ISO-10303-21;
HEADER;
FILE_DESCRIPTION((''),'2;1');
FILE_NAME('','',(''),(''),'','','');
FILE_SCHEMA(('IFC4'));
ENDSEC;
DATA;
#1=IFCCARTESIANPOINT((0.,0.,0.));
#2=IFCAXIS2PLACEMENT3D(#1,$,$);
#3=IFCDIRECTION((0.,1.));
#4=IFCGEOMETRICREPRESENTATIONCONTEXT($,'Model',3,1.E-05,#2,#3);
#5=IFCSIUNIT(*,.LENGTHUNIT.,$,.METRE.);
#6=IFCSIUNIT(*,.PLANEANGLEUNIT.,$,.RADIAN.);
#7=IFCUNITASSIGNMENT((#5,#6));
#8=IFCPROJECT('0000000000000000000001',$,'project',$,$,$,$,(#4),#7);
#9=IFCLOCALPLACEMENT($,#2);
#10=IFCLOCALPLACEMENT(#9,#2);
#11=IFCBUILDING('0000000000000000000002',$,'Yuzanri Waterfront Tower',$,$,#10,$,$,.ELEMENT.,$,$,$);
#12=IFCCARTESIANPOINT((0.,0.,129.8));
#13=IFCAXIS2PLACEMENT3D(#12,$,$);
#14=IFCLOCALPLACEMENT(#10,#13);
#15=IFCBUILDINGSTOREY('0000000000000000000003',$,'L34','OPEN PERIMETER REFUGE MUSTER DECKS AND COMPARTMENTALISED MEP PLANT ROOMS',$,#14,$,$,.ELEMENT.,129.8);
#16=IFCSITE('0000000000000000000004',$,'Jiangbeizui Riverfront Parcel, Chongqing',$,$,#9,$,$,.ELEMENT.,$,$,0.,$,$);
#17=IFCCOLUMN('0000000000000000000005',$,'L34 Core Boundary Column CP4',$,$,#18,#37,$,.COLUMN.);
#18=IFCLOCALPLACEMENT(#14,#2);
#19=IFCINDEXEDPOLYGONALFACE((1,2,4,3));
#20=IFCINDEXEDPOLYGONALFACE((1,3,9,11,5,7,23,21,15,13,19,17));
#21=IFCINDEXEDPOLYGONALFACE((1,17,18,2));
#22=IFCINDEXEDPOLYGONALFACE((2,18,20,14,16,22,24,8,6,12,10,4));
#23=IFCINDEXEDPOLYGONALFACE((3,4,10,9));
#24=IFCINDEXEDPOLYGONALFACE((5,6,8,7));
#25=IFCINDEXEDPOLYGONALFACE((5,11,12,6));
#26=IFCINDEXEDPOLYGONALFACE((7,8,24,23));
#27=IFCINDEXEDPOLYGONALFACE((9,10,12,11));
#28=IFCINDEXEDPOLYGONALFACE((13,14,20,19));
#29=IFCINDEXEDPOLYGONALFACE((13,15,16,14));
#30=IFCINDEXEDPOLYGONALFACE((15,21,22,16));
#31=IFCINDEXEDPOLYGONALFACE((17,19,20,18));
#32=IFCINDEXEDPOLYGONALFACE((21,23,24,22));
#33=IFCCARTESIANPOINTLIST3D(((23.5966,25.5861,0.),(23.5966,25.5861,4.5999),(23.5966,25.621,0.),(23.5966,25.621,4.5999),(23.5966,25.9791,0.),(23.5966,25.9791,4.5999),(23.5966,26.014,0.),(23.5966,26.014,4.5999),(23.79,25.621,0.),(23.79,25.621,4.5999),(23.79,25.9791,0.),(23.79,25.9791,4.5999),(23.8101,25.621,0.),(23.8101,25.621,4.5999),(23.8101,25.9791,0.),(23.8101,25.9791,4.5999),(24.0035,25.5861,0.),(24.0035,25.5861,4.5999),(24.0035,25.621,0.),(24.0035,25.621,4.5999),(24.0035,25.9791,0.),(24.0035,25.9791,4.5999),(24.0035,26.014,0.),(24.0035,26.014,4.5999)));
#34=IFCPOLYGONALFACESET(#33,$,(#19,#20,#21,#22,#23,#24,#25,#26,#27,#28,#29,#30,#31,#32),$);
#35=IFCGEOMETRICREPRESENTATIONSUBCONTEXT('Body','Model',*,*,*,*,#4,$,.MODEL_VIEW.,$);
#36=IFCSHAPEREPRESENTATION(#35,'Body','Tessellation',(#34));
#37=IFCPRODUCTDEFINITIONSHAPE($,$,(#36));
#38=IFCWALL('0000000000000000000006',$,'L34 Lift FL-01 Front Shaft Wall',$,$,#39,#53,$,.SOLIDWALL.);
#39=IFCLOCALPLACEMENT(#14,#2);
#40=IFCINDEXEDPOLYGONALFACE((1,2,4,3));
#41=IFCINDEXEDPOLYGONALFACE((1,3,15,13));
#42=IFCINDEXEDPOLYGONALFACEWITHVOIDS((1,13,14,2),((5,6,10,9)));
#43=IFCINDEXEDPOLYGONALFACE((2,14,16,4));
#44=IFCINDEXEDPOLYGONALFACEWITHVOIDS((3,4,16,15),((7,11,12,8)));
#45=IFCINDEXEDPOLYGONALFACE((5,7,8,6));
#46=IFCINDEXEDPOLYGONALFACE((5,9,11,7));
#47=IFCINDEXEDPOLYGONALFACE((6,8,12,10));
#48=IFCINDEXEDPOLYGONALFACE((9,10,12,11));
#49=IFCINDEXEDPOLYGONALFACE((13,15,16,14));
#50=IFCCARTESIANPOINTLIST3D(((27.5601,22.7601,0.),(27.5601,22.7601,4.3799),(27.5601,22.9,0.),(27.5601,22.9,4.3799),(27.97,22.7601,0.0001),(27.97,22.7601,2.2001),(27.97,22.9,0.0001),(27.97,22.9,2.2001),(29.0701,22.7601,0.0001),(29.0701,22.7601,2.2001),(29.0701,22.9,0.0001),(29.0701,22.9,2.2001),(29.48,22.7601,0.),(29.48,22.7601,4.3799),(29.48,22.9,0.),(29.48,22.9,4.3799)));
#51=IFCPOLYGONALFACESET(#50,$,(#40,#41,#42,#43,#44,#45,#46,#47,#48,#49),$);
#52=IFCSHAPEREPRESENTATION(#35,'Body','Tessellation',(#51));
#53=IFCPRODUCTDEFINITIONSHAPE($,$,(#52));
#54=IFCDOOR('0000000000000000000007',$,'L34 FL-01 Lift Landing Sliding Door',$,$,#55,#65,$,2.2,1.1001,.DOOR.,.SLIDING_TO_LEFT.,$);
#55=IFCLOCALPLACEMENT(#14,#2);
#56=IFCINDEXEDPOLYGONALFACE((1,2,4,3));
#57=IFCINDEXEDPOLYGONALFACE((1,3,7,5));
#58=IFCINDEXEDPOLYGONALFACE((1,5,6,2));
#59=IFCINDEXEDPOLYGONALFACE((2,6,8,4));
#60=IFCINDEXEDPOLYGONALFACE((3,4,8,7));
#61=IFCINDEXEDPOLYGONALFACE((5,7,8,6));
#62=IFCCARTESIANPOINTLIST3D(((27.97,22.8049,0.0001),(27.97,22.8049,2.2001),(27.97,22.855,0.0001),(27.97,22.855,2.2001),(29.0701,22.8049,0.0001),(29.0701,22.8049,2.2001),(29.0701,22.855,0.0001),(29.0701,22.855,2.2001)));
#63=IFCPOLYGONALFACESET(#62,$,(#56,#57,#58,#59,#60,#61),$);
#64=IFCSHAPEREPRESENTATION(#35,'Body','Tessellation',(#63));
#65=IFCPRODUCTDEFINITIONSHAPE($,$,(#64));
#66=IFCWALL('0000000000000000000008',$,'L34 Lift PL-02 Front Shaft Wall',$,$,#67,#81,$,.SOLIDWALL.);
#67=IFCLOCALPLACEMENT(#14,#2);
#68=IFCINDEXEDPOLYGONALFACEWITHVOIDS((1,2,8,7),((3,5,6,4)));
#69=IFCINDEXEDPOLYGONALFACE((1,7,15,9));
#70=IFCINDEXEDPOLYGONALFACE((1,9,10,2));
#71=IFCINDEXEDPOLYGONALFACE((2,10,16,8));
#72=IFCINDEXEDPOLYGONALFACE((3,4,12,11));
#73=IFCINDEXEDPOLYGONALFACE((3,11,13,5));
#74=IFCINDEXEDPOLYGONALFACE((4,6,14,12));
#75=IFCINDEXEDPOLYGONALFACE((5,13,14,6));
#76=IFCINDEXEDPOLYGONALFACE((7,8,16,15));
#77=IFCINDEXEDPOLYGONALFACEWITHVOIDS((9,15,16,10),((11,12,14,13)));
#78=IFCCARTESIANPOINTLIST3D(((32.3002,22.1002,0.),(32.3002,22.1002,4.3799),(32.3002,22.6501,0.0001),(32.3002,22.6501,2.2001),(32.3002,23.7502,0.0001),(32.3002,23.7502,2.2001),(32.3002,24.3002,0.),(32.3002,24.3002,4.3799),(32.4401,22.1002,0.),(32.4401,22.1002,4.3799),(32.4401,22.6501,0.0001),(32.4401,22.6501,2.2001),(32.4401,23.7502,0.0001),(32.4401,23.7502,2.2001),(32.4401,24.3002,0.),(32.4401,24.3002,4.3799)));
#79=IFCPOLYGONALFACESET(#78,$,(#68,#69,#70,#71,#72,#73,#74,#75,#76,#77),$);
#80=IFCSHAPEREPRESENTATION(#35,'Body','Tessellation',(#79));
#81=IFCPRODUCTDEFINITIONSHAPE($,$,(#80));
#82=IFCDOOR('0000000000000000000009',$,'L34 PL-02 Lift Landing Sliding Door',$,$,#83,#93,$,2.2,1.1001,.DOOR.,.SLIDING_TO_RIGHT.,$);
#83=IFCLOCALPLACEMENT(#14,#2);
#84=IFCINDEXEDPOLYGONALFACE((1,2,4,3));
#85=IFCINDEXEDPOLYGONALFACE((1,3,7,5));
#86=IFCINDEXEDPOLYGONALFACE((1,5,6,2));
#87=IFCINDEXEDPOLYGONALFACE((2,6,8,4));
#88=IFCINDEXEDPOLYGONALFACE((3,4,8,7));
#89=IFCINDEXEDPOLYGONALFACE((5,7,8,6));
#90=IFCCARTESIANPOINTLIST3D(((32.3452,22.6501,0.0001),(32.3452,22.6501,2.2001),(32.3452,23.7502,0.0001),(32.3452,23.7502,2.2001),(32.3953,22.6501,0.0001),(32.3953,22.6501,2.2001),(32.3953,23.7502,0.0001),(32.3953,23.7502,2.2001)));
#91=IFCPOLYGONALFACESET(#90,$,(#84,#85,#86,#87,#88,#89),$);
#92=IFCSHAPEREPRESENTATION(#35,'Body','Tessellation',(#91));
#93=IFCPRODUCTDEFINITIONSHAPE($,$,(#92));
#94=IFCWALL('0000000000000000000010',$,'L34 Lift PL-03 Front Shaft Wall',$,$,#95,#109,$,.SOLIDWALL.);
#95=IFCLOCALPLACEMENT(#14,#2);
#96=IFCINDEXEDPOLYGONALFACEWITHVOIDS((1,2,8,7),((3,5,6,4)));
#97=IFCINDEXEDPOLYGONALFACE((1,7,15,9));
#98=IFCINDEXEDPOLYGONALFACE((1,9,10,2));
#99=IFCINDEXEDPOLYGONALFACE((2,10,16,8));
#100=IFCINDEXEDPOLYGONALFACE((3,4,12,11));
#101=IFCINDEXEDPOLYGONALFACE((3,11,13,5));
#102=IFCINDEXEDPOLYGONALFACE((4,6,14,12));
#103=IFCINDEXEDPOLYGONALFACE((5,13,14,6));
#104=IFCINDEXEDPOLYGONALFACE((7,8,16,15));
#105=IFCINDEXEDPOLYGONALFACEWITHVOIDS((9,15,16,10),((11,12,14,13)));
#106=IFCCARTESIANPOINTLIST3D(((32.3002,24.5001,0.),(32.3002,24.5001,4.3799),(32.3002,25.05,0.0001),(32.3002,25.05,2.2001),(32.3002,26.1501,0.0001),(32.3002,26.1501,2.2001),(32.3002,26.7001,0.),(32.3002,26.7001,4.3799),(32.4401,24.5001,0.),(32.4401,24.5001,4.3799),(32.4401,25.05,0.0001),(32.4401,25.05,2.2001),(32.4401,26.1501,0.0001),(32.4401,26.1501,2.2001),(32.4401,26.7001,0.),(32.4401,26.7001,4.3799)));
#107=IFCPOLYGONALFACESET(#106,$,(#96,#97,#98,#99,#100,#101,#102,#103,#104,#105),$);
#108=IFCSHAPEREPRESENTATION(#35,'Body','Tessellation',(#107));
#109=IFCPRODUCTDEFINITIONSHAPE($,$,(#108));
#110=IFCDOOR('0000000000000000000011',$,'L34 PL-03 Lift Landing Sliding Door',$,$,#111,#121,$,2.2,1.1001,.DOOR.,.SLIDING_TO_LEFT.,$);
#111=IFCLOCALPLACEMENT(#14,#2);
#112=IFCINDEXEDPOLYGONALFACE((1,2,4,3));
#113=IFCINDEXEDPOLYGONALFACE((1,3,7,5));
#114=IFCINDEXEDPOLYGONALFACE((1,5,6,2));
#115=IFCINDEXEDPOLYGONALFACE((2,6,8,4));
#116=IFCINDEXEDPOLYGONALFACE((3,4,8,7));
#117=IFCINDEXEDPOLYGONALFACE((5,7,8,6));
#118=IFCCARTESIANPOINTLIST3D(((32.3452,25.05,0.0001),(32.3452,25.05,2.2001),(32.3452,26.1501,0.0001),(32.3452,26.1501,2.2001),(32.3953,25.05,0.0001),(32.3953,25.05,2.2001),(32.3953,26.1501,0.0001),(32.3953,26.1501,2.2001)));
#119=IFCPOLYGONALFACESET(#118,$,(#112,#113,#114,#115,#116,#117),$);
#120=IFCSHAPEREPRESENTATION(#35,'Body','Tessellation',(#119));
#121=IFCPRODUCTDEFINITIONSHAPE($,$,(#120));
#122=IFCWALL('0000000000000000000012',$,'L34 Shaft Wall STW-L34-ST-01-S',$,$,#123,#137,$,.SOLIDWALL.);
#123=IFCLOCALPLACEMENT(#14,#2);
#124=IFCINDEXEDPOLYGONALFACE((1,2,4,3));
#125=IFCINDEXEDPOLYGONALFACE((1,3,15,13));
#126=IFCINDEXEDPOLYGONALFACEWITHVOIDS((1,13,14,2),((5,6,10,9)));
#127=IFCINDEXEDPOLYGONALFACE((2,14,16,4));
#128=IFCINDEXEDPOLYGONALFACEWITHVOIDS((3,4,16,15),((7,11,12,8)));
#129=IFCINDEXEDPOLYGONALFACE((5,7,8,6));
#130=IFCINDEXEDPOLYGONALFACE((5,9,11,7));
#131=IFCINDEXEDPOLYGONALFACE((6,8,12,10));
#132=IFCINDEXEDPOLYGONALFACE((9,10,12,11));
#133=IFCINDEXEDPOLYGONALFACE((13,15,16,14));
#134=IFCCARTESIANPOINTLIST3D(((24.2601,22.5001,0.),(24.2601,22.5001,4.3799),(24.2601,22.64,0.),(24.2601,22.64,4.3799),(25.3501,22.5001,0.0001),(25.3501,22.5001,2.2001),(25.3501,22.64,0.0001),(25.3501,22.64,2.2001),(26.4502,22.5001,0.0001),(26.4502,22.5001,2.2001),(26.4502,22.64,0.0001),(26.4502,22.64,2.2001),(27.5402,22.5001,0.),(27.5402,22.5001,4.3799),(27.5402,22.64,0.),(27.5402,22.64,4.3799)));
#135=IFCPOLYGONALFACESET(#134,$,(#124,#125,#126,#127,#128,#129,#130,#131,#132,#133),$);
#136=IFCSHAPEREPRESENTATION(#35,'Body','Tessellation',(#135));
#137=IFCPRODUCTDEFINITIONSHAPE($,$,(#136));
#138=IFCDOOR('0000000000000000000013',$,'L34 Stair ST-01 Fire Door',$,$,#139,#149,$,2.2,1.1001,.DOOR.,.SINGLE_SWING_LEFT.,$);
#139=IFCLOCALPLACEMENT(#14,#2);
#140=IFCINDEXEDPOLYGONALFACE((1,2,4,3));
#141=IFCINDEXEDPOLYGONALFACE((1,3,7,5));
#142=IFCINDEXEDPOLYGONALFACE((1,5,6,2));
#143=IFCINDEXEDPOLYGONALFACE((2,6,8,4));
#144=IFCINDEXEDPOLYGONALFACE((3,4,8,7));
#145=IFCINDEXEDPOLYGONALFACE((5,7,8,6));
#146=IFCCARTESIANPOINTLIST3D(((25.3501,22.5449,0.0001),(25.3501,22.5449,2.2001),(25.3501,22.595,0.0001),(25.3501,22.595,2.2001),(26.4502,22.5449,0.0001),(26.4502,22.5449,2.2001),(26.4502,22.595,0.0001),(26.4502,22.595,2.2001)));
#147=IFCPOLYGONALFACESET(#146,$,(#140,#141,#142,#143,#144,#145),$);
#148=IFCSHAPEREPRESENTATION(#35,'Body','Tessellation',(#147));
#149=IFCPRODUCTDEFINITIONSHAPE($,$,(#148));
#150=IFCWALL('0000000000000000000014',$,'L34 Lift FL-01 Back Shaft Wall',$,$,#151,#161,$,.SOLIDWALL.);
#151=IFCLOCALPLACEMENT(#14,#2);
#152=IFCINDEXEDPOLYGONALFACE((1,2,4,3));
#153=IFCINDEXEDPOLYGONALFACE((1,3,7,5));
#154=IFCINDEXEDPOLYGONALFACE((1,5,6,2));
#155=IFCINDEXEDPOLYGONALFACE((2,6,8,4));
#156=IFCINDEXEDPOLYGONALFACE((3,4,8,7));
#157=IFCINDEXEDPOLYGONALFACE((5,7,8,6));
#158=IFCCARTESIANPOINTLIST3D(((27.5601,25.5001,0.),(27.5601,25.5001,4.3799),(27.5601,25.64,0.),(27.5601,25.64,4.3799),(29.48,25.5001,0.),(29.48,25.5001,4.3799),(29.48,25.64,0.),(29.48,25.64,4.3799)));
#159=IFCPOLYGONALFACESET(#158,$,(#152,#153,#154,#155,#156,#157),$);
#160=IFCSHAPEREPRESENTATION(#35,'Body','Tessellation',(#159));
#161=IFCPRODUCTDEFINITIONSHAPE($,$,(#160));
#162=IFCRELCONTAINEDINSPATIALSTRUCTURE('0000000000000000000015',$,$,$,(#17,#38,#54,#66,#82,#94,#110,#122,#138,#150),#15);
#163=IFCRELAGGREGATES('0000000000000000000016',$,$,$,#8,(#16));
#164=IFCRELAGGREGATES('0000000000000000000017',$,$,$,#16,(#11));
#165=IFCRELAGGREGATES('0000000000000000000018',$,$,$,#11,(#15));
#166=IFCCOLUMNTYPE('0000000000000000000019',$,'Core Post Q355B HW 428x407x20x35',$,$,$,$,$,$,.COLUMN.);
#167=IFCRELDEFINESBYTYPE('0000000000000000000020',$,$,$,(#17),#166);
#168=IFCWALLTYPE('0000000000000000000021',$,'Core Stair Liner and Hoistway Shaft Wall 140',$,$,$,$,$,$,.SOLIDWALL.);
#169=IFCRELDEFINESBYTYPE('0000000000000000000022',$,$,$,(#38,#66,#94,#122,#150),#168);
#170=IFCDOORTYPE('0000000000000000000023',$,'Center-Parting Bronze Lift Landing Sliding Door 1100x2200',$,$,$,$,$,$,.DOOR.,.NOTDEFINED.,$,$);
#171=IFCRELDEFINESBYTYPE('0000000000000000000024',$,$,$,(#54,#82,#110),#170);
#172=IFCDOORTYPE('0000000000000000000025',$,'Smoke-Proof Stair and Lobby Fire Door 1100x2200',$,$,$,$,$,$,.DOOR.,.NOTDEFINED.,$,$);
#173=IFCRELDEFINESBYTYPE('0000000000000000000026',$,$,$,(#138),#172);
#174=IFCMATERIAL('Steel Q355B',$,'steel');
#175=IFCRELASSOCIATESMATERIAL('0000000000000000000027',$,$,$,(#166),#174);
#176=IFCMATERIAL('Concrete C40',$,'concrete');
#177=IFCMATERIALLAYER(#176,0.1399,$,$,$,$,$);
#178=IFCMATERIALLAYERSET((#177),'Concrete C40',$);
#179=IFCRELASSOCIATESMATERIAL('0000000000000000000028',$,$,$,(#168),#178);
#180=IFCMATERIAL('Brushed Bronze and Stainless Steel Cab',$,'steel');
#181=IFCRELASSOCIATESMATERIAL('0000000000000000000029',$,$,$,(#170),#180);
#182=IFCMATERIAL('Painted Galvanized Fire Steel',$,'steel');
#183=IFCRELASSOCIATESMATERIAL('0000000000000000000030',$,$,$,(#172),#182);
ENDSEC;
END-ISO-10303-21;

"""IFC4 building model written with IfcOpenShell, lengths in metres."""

from ifc_helpers import new_model, si_unit, direction, frame, frame_2d, origin, origin_2d, place, context, subcontext, project, spatial, rectangle, i_section, extrude, source, transform, mapped, material, layer, layer_set, material_profile, profile_set, type_object, element, fill, save


model = new_model("IFC4")

# Units and contexts
model_context = context("Model", 3, precision=1e-05, world=origin(), true_north=direction((0.0, 1.0)))
body_context = subcontext(model_context, "Body", "Model", "MODEL_VIEW")
ifc_project = project(units=[si_unit("LENGTHUNIT", "METRE"), si_unit("PLANEANGLEUNIT", "RADIAN")], contexts=[model_context])

# Site, building, storey
site_placement = place(None, origin())
site = spatial("IfcSite", under=ifc_project, at=site_placement, Name="Jiangbeizui Riverfront Parcel, Chongqing", CompositionType="ELEMENT", RefElevation=0.0)
building_placement = place(site_placement, origin())
building = spatial("IfcBuilding", under=site, at=building_placement, Name="Yuzanri Waterfront Tower", CompositionType="ELEMENT")
storey_placement = place(building_placement, frame((0.0, 0.0, 129.8)))
storey = spatial("IfcBuildingStorey", under=building, at=storey_placement, Name="L34", Description="OPEN PERIMETER REFUGE MUSTER DECKS AND COMPARTMENTALISED MEP PLANT ROOMS", CompositionType="ELEMENT", Elevation=129.8)

# Column
ifc_material_1 = material(Name="Steel Q355B", Category="steel")
ifc_material_profile = material_profile(ifc_material_1, i_section(OverallWidth=0.407, OverallDepth=0.428, WebThickness=0.02, FlangeThickness=0.0349, at=origin_2d()), Name="HW 428x407x20x35")
ifc_profile_set = profile_set([ifc_material_profile], Name="Steel Q355B")
column_type = type_object("IfcColumnType", Name="Core Post Q355B HW 428x407x20x35", PredefinedType="COLUMN", material=ifc_profile_set)
shared_shape_1 = source(origin(), body_context, "Body", "SweptSolid", [
    extrude(i_section(OverallWidth=0.407, OverallDepth=0.428, WebThickness=0.02, FlangeThickness=0.0349, at=origin_2d()), origin(), (0.0, 0.0, 1.0), 4.5999),
])
column_placement = place(storey_placement, frame((23.8, 25.8, 0.0), z_axis=(0.0, 0.0, 1.0), x_axis=(1.0, 0.0, 0.0)))
element("IfcColumn", 1, at=column_placement, inside=storey, type_object=column_type, Name="L34 Core Boundary Column CP4", PredefinedType="COLUMN", context=body_context, shape_type="MappedRepresentation", body=[
    mapped(shared_shape_1, transform((0.0, 0.0, 0.0), scale=1.0)),
])

# Walls, openings, doors
ifc_material_2 = material(Name="Concrete C40", Category="concrete")
ifc_layer_1 = layer(ifc_material_2, 0.1399)
ifc_layer_set_1 = layer_set([ifc_layer_1], Name="Concrete C40")
wall_type = type_object("IfcWallType", Name="Core Stair Liner and Hoistway Shaft Wall 140", PredefinedType="SOLIDWALL", material=ifc_layer_set_1)
wall_1_placement = place(storey_placement, frame((27.5601, 22.8301, 0.0), z_axis=(0.0, 0.0, 1.0), x_axis=(1.0, 0.0, 0.0)))
wall_1 = element("IfcWall", 2, at=wall_1_placement, inside=storey, type_object=wall_type, Name="L34 Lift FL-01 Front Shaft Wall", PredefinedType="SOLIDWALL", context=body_context, shape_type="SweptSolid", body=[
    extrude(rectangle(XDim=1.9199, YDim=0.1399, at=frame_2d((0.96, 0.0))), origin(), (0.0, 0.0, 1.0), 4.3799),
])
opening_1_placement = place(wall_1_placement, frame((0.4099, 0.0, 0.0)))
opening_1 = element("IfcOpeningElement", 3, at=opening_1_placement, cuts=wall_1, PredefinedType="OPENING", context=body_context, shape_type="SweptSolid", body=[
    extrude(rectangle(XDim=1.1001, YDim=2.2, at=frame_2d((0.55, 1.1001))), frame((0.0, 0.085, 0.0), z_axis=(0.0, -1.0, 0.0), x_axis=(1.0, 0.0, 0.0)), (0.0, 0.0, 1.0), 0.1697),
])
ifc_material_3 = material(Name="Brushed Bronze and Stainless Steel Cab", Category="steel")
door_type_1 = type_object("IfcDoorType", Name="Center-Parting Bronze Lift Landing Sliding Door 1100x2200", OperationType="NOTDEFINED", PredefinedType="DOOR", material=ifc_material_3)
shared_shape_2 = source(origin(), body_context, "Body", "SweptSolid", [
    extrude(rectangle(XDim=1.1001, YDim=2.2, at=frame_2d((0.55, 1.1001))), frame((0.0, 0.0249, 0.0), z_axis=(0.0, -1.0, 0.0), x_axis=(1.0, 0.0, 0.0)), (0.0, 0.0, 1.0), 0.05),
])
door_1_placement = place(opening_1_placement, origin())
door_1 = element("IfcDoor", 4, at=door_1_placement, inside=storey, type_object=door_type_1, Name="L34 FL-01 Lift Landing Sliding Door", OperationType="SLIDING_TO_LEFT", OverallHeight=2.2, OverallWidth=1.1001, PredefinedType="DOOR", context=body_context, shape_type="MappedRepresentation", body=[
    mapped(shared_shape_2, transform((0.0, 0.0, 0.0), scale=1.0)),
])
fill(opening_1, door_1)
wall_2_placement = place(storey_placement, frame((32.3701, 22.1001, 0.0), z_axis=(0.0, 0.0, 1.0), x_axis=(0.0, 1.0, 0.0)))
wall_2 = element("IfcWall", 5, at=wall_2_placement, inside=storey, type_object=wall_type, Name="L34 Lift PL-02 Front Shaft Wall", PredefinedType="SOLIDWALL", context=body_context, shape_type="SweptSolid", body=[
    extrude(rectangle(XDim=2.2, YDim=0.1399, at=frame_2d((1.1001, 0.0))), origin(), (0.0, 0.0, 1.0), 4.3799),
])
opening_2_placement = place(wall_2_placement, frame((0.55, 0.0, 0.0)))
opening_2 = element("IfcOpeningElement", 6, at=opening_2_placement, cuts=wall_2, PredefinedType="OPENING", context=body_context, shape_type="SweptSolid", body=[
    extrude(rectangle(XDim=1.1001, YDim=2.2, at=frame_2d((0.55, 1.1001))), frame((0.0, 0.085, 0.0), z_axis=(0.0, -1.0, 0.0), x_axis=(1.0, 0.0, 0.0)), (0.0, 0.0, 1.0), 0.1697),
])
door_2_placement = place(opening_2_placement, origin())
door_2 = element("IfcDoor", 7, at=door_2_placement, inside=storey, type_object=door_type_1, Name="L34 PL-02 Lift Landing Sliding Door", OperationType="SLIDING_TO_RIGHT", OverallHeight=2.2, OverallWidth=1.1001, PredefinedType="DOOR", context=body_context, shape_type="MappedRepresentation", body=[
    mapped(shared_shape_2, transform((0.0, 0.0, 0.0), scale=1.0)),
])
fill(opening_2, door_2)
wall_3_placement = place(storey_placement, frame((32.3701, 24.5, 0.0), z_axis=(0.0, 0.0, 1.0), x_axis=(0.0, 1.0, 0.0)))
wall_3 = element("IfcWall", 8, at=wall_3_placement, inside=storey, type_object=wall_type, Name="L34 Lift PL-03 Front Shaft Wall", PredefinedType="SOLIDWALL", context=body_context, shape_type="SweptSolid", body=[
    extrude(rectangle(XDim=2.2, YDim=0.1399, at=frame_2d((1.1001, 0.0))), origin(), (0.0, 0.0, 1.0), 4.3799),
])
opening_3_placement = place(wall_3_placement, frame((0.55, 0.0, 0.0)))
opening_3 = element("IfcOpeningElement", 9, at=opening_3_placement, cuts=wall_3, PredefinedType="OPENING", context=body_context, shape_type="SweptSolid", body=[
    extrude(rectangle(XDim=1.1001, YDim=2.2, at=frame_2d((0.55, 1.1001))), frame((0.0, 0.085, 0.0), z_axis=(0.0, -1.0, 0.0), x_axis=(1.0, 0.0, 0.0)), (0.0, 0.0, 1.0), 0.1697),
])
door_3_placement = place(opening_3_placement, origin())
door_3 = element("IfcDoor", 10, at=door_3_placement, inside=storey, type_object=door_type_1, Name="L34 PL-03 Lift Landing Sliding Door", OperationType="SLIDING_TO_LEFT", OverallHeight=2.2, OverallWidth=1.1001, PredefinedType="DOOR", context=body_context, shape_type="MappedRepresentation", body=[
    mapped(shared_shape_2, transform((0.0, 0.0, 0.0), scale=1.0)),
])
fill(opening_3, door_3)
wall_4_placement = place(storey_placement, frame((24.26, 22.5701, 0.0), z_axis=(0.0, 0.0, 1.0), x_axis=(1.0, 0.0, 0.0)))
wall_4 = element("IfcWall", 11, at=wall_4_placement, inside=storey, type_object=wall_type, Name="L34 Shaft Wall STW-L34-ST-01-S", PredefinedType="SOLIDWALL", context=body_context, shape_type="SweptSolid", body=[
    extrude(rectangle(XDim=3.28, YDim=0.1399, at=frame_2d((1.6401, 0.0))), origin(), (0.0, 0.0, 1.0), 4.3799),
])
opening_4_placement = place(wall_4_placement, frame((1.0901, 0.0, 0.0)))
opening_4 = element("IfcOpeningElement", 12, at=opening_4_placement, cuts=wall_4, PredefinedType="OPENING", context=body_context, shape_type="SweptSolid", body=[
    extrude(rectangle(XDim=1.1001, YDim=2.2, at=frame_2d((0.55, 1.1001))), frame((0.0, 0.085, 0.0), z_axis=(0.0, -1.0, 0.0), x_axis=(1.0, 0.0, 0.0)), (0.0, 0.0, 1.0), 0.1697),
])
ifc_material_4 = material(Name="Painted Galvanized Fire Steel", Category="steel")
door_type_2 = type_object("IfcDoorType", Name="Smoke-Proof Stair and Lobby Fire Door 1100x2200", OperationType="NOTDEFINED", PredefinedType="DOOR", material=ifc_material_4)
shared_shape_3 = source(origin(), body_context, "Body", "SweptSolid", [
    extrude(rectangle(XDim=1.1001, YDim=2.2, at=frame_2d((0.55, 1.1001))), frame((0.0, 0.0249, 0.0), z_axis=(0.0, -1.0, 0.0), x_axis=(1.0, 0.0, 0.0)), (0.0, 0.0, 1.0), 0.05),
])
door_4_placement = place(opening_4_placement, origin())
door_4 = element("IfcDoor", 13, at=door_4_placement, inside=storey, type_object=door_type_2, Name="L34 Stair ST-01 Fire Door", OperationType="SINGLE_SWING_LEFT", OverallHeight=2.2, OverallWidth=1.1001, PredefinedType="DOOR", context=body_context, shape_type="MappedRepresentation", body=[
    mapped(shared_shape_3, transform((0.0, 0.0, 0.0), scale=1.0)),
])
fill(opening_4, door_4)

# Wall
shared_shape_4 = source(origin(), body_context, "Body", "SweptSolid", [
    extrude(rectangle(XDim=1.9199, YDim=0.1399, at=frame_2d((0.96, 0.0))), origin(), (0.0, 0.0, 1.0), 4.3799),
])
wall_5_placement = place(storey_placement, frame((27.5601, 25.5701, 0.0), z_axis=(0.0, 0.0, 1.0), x_axis=(1.0, 0.0, 0.0)))
element("IfcWall", 14, at=wall_5_placement, inside=storey, type_object=wall_type, Name="L34 Lift FL-01 Back Shaft Wall", PredefinedType="SOLIDWALL", context=body_context, shape_type="MappedRepresentation", body=[
    mapped(shared_shape_4, transform((0.0, 0.0, 0.0), scale=1.0)),
])

save(model, "model.ifc")
